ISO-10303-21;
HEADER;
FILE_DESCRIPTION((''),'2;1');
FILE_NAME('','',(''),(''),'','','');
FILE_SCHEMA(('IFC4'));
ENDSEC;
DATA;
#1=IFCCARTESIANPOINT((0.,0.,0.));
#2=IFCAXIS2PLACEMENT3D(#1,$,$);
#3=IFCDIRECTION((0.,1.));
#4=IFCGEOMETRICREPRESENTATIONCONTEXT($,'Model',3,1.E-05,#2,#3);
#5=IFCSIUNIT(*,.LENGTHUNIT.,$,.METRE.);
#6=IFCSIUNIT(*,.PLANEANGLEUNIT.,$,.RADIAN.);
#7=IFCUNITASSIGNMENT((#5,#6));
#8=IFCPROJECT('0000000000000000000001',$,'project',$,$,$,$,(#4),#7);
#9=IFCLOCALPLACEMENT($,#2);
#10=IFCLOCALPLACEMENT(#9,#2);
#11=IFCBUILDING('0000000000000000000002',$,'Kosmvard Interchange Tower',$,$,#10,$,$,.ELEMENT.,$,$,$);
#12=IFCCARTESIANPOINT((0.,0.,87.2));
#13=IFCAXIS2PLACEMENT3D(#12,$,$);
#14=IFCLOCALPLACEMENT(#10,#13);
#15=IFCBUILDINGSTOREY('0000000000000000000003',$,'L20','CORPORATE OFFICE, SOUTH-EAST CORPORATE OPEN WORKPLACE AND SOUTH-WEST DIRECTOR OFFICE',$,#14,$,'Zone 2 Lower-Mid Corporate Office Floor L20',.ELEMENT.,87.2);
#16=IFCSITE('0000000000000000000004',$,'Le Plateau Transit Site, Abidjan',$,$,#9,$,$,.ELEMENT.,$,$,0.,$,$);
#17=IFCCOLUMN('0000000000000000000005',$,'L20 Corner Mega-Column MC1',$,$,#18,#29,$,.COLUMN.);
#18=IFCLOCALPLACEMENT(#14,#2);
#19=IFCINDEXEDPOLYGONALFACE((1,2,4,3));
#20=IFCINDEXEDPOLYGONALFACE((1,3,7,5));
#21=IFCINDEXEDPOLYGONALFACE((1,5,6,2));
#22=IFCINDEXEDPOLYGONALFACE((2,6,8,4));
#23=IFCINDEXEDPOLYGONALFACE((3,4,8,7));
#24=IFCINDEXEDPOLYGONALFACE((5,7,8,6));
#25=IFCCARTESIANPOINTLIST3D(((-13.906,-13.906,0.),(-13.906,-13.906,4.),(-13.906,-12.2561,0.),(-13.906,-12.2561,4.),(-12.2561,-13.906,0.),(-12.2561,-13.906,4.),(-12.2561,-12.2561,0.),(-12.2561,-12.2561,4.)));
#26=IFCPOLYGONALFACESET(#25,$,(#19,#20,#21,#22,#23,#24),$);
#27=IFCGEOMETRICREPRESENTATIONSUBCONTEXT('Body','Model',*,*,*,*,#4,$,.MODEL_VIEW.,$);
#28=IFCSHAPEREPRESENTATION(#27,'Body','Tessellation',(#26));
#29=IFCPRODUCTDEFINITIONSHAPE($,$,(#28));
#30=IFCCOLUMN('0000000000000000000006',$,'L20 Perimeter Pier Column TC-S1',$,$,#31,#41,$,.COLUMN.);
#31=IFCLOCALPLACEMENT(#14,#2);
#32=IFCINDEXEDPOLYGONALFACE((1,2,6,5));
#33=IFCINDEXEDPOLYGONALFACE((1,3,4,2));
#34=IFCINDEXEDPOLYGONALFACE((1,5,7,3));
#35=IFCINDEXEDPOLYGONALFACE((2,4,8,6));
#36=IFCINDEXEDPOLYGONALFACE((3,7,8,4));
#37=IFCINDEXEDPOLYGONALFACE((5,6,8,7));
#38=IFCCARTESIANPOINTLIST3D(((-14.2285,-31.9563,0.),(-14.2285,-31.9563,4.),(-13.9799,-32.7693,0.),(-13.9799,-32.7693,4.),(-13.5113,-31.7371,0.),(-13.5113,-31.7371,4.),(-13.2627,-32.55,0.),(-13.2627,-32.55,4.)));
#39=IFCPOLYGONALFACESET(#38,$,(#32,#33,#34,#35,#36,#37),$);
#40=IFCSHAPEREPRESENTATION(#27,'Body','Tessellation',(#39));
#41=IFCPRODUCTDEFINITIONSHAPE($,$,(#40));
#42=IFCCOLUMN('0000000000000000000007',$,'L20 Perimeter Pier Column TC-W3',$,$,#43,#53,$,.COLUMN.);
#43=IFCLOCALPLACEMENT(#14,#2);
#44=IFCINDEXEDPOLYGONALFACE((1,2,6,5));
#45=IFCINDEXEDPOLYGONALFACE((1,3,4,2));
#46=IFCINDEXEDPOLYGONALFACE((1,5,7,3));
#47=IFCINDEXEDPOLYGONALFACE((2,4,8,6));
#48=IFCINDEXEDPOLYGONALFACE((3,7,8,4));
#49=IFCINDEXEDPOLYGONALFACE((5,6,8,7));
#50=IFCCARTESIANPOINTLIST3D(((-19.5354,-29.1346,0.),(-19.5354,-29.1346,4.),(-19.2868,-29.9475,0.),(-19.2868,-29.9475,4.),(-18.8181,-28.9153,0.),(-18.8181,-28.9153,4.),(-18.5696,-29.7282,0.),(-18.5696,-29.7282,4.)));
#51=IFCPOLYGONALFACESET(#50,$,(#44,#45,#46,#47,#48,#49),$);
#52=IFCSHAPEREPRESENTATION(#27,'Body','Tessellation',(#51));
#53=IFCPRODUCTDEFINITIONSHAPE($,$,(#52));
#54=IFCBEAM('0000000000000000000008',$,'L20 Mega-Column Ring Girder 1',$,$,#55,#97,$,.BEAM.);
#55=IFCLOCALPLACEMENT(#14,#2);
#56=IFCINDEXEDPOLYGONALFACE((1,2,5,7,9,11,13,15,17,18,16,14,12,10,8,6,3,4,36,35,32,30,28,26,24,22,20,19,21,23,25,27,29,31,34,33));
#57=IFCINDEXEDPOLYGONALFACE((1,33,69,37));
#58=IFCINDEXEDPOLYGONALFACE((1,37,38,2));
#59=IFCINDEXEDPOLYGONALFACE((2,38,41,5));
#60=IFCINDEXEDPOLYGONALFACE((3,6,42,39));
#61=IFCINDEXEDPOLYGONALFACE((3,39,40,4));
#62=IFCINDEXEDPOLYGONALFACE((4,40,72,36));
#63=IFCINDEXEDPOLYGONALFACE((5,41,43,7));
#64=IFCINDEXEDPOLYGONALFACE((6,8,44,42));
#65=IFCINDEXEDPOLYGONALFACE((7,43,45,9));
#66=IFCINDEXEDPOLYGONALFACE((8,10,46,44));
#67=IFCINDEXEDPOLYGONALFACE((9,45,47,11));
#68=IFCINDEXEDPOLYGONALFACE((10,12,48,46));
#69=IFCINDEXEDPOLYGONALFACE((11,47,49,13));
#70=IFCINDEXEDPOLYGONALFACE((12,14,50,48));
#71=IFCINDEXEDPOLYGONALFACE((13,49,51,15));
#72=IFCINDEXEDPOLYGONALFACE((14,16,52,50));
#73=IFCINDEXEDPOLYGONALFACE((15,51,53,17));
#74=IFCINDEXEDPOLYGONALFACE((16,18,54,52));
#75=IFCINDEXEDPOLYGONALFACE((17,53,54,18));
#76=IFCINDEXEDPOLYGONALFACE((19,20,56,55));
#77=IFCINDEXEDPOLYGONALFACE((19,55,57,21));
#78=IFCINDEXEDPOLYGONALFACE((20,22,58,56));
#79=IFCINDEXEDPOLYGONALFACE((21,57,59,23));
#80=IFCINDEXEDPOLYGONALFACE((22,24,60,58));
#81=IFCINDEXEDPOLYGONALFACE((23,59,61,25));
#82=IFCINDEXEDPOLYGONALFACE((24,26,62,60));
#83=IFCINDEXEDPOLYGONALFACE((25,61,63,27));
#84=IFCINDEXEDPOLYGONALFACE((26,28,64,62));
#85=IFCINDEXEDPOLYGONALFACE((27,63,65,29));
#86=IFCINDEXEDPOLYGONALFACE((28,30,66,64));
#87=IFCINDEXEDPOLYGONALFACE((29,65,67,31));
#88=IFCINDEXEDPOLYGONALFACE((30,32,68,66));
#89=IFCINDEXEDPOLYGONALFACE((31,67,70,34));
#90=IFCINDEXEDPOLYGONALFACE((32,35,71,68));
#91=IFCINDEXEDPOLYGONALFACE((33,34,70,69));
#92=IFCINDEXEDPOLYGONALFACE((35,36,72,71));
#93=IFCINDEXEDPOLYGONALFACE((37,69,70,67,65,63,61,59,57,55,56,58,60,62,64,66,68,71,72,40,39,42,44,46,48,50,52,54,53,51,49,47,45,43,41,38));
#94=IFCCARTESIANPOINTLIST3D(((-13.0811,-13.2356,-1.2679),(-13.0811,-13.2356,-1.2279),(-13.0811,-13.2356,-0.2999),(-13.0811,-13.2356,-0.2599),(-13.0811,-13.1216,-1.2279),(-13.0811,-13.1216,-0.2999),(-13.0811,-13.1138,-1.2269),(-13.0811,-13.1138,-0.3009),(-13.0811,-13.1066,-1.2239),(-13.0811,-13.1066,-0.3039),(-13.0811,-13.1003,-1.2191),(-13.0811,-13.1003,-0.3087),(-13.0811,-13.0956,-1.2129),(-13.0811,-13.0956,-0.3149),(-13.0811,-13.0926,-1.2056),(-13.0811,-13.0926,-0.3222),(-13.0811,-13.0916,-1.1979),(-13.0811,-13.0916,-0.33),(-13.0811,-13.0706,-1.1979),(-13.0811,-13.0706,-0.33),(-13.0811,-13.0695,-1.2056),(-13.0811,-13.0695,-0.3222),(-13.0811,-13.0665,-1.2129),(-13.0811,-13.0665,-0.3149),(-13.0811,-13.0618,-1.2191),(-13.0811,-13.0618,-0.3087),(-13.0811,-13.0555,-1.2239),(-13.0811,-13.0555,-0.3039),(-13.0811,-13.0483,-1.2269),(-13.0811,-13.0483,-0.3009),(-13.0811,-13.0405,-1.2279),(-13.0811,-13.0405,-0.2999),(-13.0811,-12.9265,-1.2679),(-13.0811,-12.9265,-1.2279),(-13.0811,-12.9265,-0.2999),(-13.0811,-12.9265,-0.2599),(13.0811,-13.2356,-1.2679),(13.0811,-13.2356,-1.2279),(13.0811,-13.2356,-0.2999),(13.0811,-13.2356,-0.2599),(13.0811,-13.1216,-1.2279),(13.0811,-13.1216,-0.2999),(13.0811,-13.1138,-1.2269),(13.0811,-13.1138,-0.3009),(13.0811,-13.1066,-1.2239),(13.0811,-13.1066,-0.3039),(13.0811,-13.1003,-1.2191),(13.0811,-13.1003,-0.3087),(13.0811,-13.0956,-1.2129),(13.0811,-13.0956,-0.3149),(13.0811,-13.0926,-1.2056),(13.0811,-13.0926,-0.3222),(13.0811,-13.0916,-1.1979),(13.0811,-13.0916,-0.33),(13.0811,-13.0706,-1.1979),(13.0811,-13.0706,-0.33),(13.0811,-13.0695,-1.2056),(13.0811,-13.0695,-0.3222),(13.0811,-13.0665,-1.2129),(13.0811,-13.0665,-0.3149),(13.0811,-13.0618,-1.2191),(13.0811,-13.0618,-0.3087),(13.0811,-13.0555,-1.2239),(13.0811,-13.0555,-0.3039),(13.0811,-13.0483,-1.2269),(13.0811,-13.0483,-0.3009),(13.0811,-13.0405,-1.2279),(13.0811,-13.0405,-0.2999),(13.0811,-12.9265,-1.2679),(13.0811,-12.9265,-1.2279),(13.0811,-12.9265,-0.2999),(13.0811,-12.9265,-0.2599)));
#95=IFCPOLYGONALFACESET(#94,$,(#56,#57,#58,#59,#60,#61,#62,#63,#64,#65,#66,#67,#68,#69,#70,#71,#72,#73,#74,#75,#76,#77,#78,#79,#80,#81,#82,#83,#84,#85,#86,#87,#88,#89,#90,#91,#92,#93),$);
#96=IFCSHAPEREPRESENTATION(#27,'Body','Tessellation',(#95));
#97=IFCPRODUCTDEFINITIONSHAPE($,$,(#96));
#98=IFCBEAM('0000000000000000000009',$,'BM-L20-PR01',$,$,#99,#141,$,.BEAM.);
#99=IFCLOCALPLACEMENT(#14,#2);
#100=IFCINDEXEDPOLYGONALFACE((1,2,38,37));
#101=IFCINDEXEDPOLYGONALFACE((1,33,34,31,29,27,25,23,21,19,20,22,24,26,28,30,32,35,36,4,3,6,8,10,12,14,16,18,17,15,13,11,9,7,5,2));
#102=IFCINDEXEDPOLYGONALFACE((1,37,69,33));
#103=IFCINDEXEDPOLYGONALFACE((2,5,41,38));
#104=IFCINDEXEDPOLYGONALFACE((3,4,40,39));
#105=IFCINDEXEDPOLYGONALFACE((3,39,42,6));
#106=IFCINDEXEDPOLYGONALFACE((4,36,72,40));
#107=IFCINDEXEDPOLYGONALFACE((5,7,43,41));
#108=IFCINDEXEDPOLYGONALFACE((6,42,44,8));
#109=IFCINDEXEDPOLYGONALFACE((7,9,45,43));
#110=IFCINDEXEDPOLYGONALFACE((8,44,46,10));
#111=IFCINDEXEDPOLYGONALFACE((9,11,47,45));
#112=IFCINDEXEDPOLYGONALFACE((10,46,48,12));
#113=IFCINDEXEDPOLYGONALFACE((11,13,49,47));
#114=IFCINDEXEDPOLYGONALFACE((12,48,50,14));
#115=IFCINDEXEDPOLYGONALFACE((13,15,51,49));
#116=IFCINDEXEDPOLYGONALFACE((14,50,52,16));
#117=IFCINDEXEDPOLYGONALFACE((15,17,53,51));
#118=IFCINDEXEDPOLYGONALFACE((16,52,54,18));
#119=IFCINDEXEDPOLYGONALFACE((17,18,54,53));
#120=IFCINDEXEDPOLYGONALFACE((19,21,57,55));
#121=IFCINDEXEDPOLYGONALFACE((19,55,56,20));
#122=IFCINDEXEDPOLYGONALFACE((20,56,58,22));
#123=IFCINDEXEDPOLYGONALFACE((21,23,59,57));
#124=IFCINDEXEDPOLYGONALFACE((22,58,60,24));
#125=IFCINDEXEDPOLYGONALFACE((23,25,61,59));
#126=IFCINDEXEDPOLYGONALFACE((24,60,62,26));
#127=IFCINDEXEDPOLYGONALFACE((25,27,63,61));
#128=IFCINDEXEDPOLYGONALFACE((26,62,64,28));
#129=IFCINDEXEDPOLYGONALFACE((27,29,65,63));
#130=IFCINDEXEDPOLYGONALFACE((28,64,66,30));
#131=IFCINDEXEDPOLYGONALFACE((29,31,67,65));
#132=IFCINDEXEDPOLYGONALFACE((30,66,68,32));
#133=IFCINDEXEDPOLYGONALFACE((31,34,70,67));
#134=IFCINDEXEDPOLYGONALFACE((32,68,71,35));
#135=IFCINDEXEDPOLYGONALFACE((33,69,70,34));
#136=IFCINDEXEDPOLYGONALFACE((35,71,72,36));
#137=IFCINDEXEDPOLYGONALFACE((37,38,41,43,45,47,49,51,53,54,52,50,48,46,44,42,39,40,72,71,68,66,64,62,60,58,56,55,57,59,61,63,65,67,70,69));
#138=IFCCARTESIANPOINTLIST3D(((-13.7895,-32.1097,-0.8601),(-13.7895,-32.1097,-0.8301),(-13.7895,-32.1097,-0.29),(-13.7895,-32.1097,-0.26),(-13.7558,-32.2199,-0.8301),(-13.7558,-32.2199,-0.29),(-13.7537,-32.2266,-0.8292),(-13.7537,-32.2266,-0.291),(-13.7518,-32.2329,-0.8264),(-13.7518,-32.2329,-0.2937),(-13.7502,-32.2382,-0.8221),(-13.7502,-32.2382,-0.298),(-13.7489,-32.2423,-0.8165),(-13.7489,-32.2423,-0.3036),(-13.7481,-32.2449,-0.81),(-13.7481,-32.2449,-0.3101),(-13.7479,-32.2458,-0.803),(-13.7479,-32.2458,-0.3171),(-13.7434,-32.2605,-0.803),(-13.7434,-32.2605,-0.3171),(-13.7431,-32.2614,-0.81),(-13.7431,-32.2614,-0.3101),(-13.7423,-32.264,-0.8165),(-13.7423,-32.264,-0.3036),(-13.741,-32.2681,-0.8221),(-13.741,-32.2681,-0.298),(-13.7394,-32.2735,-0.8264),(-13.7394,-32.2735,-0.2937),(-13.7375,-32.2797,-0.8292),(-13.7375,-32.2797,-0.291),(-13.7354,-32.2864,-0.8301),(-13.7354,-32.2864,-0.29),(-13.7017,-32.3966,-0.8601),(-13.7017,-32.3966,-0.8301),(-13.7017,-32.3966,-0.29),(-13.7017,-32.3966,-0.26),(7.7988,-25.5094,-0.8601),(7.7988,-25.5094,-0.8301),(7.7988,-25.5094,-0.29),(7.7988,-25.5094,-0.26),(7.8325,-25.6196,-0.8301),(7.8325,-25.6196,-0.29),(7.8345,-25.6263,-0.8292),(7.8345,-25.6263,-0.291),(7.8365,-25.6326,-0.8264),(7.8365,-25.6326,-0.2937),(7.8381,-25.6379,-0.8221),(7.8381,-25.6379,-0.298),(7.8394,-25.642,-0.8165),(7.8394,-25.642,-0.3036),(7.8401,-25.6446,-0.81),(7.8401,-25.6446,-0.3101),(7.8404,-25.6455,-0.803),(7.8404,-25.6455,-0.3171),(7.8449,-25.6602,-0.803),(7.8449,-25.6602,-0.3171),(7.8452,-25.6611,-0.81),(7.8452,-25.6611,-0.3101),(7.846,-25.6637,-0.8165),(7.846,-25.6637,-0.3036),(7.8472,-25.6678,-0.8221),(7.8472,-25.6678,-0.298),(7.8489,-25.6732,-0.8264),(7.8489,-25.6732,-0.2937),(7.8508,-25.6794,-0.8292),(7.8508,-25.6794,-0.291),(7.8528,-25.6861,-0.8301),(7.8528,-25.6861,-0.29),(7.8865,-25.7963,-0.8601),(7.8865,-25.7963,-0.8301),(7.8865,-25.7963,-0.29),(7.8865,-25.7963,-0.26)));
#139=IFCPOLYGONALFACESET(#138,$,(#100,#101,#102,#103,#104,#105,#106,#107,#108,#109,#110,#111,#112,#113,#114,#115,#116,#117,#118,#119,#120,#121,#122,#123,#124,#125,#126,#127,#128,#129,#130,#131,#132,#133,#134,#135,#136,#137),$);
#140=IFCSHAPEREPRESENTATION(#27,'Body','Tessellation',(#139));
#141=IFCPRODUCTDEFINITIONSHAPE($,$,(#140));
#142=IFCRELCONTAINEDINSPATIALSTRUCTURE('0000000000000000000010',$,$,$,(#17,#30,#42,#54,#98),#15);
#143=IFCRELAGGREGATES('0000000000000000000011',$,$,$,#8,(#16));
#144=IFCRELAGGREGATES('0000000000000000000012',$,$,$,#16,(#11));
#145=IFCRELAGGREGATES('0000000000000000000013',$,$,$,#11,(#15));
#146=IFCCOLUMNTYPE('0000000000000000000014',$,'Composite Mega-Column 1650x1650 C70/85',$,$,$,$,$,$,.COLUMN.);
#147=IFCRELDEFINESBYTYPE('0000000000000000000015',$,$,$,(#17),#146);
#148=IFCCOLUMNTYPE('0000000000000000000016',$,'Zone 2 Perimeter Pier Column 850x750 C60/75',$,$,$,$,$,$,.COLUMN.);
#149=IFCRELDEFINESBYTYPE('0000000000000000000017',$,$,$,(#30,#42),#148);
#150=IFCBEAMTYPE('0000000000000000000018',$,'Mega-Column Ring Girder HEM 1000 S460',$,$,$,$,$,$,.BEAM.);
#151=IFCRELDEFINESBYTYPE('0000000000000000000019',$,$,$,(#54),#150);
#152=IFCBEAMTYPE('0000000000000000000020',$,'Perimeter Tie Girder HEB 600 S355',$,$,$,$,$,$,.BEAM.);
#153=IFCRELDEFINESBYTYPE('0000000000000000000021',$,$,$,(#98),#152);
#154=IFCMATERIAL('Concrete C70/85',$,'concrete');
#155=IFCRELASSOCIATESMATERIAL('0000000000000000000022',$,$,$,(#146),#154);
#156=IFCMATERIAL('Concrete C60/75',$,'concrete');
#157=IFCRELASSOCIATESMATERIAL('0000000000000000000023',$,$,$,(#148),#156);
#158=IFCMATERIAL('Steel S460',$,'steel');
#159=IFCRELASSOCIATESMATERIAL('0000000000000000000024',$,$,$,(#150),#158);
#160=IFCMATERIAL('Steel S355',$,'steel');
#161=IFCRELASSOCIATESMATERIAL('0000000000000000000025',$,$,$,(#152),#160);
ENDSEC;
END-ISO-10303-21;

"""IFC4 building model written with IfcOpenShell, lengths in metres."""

from ifc_helpers import new_model, si_unit, direction, frame, origin, origin_2d, place, context, subcontext, project, spatial, rectangle, i_section, extrude, source, transform, mapped, material, material_profile, profile_set, type_object, element, save


model = new_model("IFC4")

# Units and contexts
model_context = context("Model", 3, precision=1e-05, world=origin(), true_north=direction((0.0, 1.0)))
body_context = subcontext(model_context, "Body", "Model", "MODEL_VIEW")
ifc_project = project(units=[si_unit("LENGTHUNIT", "METRE"), si_unit("PLANEANGLEUNIT", "RADIAN")], contexts=[model_context])

# Site, building, storey
site_placement = place(None, origin())
site = spatial("IfcSite", under=ifc_project, at=site_placement, Name="Le Plateau Transit Site, Abidjan", CompositionType="ELEMENT", RefElevation=0.0)
building_placement = place(site_placement, origin())
building = spatial("IfcBuilding", under=site, at=building_placement, Name="Kosmvard Interchange Tower", CompositionType="ELEMENT")
storey_placement = place(building_placement, frame((0.0, 0.0, 87.2)))
storey = spatial("IfcBuildingStorey", under=building, at=storey_placement, Name="L20", Description="CORPORATE OFFICE, SOUTH-EAST CORPORATE OPEN WORKPLACE AND SOUTH-WEST DIRECTOR OFFICE", LongName="Zone 2 Lower-Mid Corporate Office Floor L20", CompositionType="ELEMENT", Elevation=87.2)

# Columns
ifc_material_1 = material(Name="Concrete C70/85", Category="concrete")
ifc_material_profile_1 = material_profile(ifc_material_1, rectangle(XDim=1.6499, YDim=1.6499, at=origin_2d()), Name="MC 1650x1650")
ifc_profile_set_1 = profile_set([ifc_material_profile_1], Name="Concrete C70/85")
column_type_1 = type_object("IfcColumnType", Name="Composite Mega-Column 1650x1650 C70/85", PredefinedType="COLUMN", material=ifc_profile_set_1)
shared_shape_1 = source(origin(), body_context, "Body", "SweptSolid", [
    extrude(rectangle(XDim=1.6499, YDim=1.6499, at=origin_2d()), origin(), (0.0, 0.0, 1.0), 4.0),
])
column_placement = place(storey_placement, frame((-13.0811, -13.0811, 0.0), z_axis=(0.0, 0.0, 1.0), x_axis=(1.0, 0.0, 0.0)))
element("IfcColumn", 1, at=column_placement, inside=storey, type_object=column_type_1, Name="L20 Corner Mega-Column MC1", PredefinedType="COLUMN", context=body_context, shape_type="MappedRepresentation", body=[
    mapped(shared_shape_1, transform((0.0, 0.0, 0.0), scale=1.0)),
])
ifc_material_2 = material(Name="Concrete C60/75", Category="concrete")
ifc_material_profile_2 = material_profile(ifc_material_2, rectangle(XDim=0.75, YDim=0.8501, at=origin_2d()), Name="TC 850x750")
ifc_profile_set_2 = profile_set([ifc_material_profile_2], Name="Concrete C60/75")
column_type_2 = type_object("IfcColumnType", Name="Zone 2 Perimeter Pier Column 850x750 C60/75", PredefinedType="COLUMN", material=ifc_profile_set_2)
shared_shape_2 = source(origin(), body_context, "Body", "SweptSolid", [
    extrude(rectangle(XDim=0.75, YDim=0.8501, at=origin_2d()), origin(), (0.0, 0.0, 1.0), 4.0),
])
for number, where, z_axis, x_axis, name in (
    (2, (-13.7456, -32.2532, 0.0), (0.0, 0.0, 1.0), (0.956305, 0.292372, 0.0), "L20 Perimeter Pier Column TC-S1"),
    (3, (-19.0525, -29.4314, 0.0), (0.0, 0.0, 1.0), (0.956305, 0.292372, 0.0), "L20 Perimeter Pier Column TC-W3"),
):
    element("IfcColumn", number, at=place(storey_placement, frame(where, z_axis=z_axis, x_axis=x_axis)), inside=storey, type_object=column_type_2, Name=name, PredefinedType="COLUMN", context=body_context, shape_type="MappedRepresentation", body=[
        mapped(shared_shape_2, transform((0.0, 0.0, 0.0), scale=1.0)),
    ])

# Beams
ifc_material_3 = material(Name="Steel S460", Category="steel")
ifc_material_profile_3 = material_profile(ifc_material_3, i_section(OverallWidth=0.3091, OverallDepth=1.0081, WebThickness=0.021, FlangeThickness=0.04, FilletRadius=0.03, at=origin_2d()), Name="HEM 1000")
ifc_profile_set_3 = profile_set([ifc_material_profile_3], Name="Steel S460")
beam_type_1 = type_object("IfcBeamType", Name="Mega-Column Ring Girder HEM 1000 S460", PredefinedType="BEAM", material=ifc_profile_set_3)
shared_shape_3 = source(origin(), body_context, "Body", "SweptSolid", [
    extrude(i_section(OverallWidth=0.3091, OverallDepth=1.0081, WebThickness=0.021, FlangeThickness=0.04, FilletRadius=0.03, at=origin_2d()), origin(), (0.0, 0.0, 1.0), 26.1621),
])
beam_1_placement = place(storey_placement, frame((-13.0811, -13.0811, -0.7639), z_axis=(1.0, 0.0, 0.0), x_axis=(0.0, 1.0, 0.0)))
element("IfcBeam", 4, at=beam_1_placement, inside=storey, type_object=beam_type_1, Name="L20 Mega-Column Ring Girder 1", PredefinedType="BEAM", context=body_context, shape_type="MappedRepresentation", body=[
    mapped(shared_shape_3, transform((0.0, 0.0, 0.0), scale=1.0)),
])
ifc_material_4 = material(Name="Steel S355", Category="steel")
ifc_material_profile_4 = material_profile(ifc_material_4, i_section(OverallWidth=0.3, OverallDepth=0.6001, WebThickness=0.0154, FlangeThickness=0.03, FilletRadius=0.0271, at=origin_2d()), Name="HEB 600")
ifc_profile_set_4 = profile_set([ifc_material_profile_4], Name="Steel S355")
beam_type_2 = type_object("IfcBeamType", Name="Perimeter Tie Girder HEB 600 S355", PredefinedType="BEAM", material=ifc_profile_set_4)
shared_shape_4 = source(origin(), body_context, "Body", "SweptSolid", [
    extrude(i_section(OverallWidth=0.3, OverallDepth=0.6001, WebThickness=0.0154, FlangeThickness=0.03, FilletRadius=0.0271, at=origin_2d()), origin(), (0.0, 0.0, 1.0), 22.5747),
])
beam_2_placement = place(storey_placement, frame((-13.7456, -32.2532, -0.5601), z_axis=(0.956303, 0.292376, 0.0), x_axis=(-0.292376, 0.956303, 0.0)))
element("IfcBeam", 5, at=beam_2_placement, inside=storey, type_object=beam_type_2, Name="BM-L20-PR01", PredefinedType="BEAM", context=body_context, shape_type="MappedRepresentation", body=[
    mapped(shared_shape_4, transform((0.0, 0.0, 0.0), scale=1.0)),
])

save(model, "model.ifc")
